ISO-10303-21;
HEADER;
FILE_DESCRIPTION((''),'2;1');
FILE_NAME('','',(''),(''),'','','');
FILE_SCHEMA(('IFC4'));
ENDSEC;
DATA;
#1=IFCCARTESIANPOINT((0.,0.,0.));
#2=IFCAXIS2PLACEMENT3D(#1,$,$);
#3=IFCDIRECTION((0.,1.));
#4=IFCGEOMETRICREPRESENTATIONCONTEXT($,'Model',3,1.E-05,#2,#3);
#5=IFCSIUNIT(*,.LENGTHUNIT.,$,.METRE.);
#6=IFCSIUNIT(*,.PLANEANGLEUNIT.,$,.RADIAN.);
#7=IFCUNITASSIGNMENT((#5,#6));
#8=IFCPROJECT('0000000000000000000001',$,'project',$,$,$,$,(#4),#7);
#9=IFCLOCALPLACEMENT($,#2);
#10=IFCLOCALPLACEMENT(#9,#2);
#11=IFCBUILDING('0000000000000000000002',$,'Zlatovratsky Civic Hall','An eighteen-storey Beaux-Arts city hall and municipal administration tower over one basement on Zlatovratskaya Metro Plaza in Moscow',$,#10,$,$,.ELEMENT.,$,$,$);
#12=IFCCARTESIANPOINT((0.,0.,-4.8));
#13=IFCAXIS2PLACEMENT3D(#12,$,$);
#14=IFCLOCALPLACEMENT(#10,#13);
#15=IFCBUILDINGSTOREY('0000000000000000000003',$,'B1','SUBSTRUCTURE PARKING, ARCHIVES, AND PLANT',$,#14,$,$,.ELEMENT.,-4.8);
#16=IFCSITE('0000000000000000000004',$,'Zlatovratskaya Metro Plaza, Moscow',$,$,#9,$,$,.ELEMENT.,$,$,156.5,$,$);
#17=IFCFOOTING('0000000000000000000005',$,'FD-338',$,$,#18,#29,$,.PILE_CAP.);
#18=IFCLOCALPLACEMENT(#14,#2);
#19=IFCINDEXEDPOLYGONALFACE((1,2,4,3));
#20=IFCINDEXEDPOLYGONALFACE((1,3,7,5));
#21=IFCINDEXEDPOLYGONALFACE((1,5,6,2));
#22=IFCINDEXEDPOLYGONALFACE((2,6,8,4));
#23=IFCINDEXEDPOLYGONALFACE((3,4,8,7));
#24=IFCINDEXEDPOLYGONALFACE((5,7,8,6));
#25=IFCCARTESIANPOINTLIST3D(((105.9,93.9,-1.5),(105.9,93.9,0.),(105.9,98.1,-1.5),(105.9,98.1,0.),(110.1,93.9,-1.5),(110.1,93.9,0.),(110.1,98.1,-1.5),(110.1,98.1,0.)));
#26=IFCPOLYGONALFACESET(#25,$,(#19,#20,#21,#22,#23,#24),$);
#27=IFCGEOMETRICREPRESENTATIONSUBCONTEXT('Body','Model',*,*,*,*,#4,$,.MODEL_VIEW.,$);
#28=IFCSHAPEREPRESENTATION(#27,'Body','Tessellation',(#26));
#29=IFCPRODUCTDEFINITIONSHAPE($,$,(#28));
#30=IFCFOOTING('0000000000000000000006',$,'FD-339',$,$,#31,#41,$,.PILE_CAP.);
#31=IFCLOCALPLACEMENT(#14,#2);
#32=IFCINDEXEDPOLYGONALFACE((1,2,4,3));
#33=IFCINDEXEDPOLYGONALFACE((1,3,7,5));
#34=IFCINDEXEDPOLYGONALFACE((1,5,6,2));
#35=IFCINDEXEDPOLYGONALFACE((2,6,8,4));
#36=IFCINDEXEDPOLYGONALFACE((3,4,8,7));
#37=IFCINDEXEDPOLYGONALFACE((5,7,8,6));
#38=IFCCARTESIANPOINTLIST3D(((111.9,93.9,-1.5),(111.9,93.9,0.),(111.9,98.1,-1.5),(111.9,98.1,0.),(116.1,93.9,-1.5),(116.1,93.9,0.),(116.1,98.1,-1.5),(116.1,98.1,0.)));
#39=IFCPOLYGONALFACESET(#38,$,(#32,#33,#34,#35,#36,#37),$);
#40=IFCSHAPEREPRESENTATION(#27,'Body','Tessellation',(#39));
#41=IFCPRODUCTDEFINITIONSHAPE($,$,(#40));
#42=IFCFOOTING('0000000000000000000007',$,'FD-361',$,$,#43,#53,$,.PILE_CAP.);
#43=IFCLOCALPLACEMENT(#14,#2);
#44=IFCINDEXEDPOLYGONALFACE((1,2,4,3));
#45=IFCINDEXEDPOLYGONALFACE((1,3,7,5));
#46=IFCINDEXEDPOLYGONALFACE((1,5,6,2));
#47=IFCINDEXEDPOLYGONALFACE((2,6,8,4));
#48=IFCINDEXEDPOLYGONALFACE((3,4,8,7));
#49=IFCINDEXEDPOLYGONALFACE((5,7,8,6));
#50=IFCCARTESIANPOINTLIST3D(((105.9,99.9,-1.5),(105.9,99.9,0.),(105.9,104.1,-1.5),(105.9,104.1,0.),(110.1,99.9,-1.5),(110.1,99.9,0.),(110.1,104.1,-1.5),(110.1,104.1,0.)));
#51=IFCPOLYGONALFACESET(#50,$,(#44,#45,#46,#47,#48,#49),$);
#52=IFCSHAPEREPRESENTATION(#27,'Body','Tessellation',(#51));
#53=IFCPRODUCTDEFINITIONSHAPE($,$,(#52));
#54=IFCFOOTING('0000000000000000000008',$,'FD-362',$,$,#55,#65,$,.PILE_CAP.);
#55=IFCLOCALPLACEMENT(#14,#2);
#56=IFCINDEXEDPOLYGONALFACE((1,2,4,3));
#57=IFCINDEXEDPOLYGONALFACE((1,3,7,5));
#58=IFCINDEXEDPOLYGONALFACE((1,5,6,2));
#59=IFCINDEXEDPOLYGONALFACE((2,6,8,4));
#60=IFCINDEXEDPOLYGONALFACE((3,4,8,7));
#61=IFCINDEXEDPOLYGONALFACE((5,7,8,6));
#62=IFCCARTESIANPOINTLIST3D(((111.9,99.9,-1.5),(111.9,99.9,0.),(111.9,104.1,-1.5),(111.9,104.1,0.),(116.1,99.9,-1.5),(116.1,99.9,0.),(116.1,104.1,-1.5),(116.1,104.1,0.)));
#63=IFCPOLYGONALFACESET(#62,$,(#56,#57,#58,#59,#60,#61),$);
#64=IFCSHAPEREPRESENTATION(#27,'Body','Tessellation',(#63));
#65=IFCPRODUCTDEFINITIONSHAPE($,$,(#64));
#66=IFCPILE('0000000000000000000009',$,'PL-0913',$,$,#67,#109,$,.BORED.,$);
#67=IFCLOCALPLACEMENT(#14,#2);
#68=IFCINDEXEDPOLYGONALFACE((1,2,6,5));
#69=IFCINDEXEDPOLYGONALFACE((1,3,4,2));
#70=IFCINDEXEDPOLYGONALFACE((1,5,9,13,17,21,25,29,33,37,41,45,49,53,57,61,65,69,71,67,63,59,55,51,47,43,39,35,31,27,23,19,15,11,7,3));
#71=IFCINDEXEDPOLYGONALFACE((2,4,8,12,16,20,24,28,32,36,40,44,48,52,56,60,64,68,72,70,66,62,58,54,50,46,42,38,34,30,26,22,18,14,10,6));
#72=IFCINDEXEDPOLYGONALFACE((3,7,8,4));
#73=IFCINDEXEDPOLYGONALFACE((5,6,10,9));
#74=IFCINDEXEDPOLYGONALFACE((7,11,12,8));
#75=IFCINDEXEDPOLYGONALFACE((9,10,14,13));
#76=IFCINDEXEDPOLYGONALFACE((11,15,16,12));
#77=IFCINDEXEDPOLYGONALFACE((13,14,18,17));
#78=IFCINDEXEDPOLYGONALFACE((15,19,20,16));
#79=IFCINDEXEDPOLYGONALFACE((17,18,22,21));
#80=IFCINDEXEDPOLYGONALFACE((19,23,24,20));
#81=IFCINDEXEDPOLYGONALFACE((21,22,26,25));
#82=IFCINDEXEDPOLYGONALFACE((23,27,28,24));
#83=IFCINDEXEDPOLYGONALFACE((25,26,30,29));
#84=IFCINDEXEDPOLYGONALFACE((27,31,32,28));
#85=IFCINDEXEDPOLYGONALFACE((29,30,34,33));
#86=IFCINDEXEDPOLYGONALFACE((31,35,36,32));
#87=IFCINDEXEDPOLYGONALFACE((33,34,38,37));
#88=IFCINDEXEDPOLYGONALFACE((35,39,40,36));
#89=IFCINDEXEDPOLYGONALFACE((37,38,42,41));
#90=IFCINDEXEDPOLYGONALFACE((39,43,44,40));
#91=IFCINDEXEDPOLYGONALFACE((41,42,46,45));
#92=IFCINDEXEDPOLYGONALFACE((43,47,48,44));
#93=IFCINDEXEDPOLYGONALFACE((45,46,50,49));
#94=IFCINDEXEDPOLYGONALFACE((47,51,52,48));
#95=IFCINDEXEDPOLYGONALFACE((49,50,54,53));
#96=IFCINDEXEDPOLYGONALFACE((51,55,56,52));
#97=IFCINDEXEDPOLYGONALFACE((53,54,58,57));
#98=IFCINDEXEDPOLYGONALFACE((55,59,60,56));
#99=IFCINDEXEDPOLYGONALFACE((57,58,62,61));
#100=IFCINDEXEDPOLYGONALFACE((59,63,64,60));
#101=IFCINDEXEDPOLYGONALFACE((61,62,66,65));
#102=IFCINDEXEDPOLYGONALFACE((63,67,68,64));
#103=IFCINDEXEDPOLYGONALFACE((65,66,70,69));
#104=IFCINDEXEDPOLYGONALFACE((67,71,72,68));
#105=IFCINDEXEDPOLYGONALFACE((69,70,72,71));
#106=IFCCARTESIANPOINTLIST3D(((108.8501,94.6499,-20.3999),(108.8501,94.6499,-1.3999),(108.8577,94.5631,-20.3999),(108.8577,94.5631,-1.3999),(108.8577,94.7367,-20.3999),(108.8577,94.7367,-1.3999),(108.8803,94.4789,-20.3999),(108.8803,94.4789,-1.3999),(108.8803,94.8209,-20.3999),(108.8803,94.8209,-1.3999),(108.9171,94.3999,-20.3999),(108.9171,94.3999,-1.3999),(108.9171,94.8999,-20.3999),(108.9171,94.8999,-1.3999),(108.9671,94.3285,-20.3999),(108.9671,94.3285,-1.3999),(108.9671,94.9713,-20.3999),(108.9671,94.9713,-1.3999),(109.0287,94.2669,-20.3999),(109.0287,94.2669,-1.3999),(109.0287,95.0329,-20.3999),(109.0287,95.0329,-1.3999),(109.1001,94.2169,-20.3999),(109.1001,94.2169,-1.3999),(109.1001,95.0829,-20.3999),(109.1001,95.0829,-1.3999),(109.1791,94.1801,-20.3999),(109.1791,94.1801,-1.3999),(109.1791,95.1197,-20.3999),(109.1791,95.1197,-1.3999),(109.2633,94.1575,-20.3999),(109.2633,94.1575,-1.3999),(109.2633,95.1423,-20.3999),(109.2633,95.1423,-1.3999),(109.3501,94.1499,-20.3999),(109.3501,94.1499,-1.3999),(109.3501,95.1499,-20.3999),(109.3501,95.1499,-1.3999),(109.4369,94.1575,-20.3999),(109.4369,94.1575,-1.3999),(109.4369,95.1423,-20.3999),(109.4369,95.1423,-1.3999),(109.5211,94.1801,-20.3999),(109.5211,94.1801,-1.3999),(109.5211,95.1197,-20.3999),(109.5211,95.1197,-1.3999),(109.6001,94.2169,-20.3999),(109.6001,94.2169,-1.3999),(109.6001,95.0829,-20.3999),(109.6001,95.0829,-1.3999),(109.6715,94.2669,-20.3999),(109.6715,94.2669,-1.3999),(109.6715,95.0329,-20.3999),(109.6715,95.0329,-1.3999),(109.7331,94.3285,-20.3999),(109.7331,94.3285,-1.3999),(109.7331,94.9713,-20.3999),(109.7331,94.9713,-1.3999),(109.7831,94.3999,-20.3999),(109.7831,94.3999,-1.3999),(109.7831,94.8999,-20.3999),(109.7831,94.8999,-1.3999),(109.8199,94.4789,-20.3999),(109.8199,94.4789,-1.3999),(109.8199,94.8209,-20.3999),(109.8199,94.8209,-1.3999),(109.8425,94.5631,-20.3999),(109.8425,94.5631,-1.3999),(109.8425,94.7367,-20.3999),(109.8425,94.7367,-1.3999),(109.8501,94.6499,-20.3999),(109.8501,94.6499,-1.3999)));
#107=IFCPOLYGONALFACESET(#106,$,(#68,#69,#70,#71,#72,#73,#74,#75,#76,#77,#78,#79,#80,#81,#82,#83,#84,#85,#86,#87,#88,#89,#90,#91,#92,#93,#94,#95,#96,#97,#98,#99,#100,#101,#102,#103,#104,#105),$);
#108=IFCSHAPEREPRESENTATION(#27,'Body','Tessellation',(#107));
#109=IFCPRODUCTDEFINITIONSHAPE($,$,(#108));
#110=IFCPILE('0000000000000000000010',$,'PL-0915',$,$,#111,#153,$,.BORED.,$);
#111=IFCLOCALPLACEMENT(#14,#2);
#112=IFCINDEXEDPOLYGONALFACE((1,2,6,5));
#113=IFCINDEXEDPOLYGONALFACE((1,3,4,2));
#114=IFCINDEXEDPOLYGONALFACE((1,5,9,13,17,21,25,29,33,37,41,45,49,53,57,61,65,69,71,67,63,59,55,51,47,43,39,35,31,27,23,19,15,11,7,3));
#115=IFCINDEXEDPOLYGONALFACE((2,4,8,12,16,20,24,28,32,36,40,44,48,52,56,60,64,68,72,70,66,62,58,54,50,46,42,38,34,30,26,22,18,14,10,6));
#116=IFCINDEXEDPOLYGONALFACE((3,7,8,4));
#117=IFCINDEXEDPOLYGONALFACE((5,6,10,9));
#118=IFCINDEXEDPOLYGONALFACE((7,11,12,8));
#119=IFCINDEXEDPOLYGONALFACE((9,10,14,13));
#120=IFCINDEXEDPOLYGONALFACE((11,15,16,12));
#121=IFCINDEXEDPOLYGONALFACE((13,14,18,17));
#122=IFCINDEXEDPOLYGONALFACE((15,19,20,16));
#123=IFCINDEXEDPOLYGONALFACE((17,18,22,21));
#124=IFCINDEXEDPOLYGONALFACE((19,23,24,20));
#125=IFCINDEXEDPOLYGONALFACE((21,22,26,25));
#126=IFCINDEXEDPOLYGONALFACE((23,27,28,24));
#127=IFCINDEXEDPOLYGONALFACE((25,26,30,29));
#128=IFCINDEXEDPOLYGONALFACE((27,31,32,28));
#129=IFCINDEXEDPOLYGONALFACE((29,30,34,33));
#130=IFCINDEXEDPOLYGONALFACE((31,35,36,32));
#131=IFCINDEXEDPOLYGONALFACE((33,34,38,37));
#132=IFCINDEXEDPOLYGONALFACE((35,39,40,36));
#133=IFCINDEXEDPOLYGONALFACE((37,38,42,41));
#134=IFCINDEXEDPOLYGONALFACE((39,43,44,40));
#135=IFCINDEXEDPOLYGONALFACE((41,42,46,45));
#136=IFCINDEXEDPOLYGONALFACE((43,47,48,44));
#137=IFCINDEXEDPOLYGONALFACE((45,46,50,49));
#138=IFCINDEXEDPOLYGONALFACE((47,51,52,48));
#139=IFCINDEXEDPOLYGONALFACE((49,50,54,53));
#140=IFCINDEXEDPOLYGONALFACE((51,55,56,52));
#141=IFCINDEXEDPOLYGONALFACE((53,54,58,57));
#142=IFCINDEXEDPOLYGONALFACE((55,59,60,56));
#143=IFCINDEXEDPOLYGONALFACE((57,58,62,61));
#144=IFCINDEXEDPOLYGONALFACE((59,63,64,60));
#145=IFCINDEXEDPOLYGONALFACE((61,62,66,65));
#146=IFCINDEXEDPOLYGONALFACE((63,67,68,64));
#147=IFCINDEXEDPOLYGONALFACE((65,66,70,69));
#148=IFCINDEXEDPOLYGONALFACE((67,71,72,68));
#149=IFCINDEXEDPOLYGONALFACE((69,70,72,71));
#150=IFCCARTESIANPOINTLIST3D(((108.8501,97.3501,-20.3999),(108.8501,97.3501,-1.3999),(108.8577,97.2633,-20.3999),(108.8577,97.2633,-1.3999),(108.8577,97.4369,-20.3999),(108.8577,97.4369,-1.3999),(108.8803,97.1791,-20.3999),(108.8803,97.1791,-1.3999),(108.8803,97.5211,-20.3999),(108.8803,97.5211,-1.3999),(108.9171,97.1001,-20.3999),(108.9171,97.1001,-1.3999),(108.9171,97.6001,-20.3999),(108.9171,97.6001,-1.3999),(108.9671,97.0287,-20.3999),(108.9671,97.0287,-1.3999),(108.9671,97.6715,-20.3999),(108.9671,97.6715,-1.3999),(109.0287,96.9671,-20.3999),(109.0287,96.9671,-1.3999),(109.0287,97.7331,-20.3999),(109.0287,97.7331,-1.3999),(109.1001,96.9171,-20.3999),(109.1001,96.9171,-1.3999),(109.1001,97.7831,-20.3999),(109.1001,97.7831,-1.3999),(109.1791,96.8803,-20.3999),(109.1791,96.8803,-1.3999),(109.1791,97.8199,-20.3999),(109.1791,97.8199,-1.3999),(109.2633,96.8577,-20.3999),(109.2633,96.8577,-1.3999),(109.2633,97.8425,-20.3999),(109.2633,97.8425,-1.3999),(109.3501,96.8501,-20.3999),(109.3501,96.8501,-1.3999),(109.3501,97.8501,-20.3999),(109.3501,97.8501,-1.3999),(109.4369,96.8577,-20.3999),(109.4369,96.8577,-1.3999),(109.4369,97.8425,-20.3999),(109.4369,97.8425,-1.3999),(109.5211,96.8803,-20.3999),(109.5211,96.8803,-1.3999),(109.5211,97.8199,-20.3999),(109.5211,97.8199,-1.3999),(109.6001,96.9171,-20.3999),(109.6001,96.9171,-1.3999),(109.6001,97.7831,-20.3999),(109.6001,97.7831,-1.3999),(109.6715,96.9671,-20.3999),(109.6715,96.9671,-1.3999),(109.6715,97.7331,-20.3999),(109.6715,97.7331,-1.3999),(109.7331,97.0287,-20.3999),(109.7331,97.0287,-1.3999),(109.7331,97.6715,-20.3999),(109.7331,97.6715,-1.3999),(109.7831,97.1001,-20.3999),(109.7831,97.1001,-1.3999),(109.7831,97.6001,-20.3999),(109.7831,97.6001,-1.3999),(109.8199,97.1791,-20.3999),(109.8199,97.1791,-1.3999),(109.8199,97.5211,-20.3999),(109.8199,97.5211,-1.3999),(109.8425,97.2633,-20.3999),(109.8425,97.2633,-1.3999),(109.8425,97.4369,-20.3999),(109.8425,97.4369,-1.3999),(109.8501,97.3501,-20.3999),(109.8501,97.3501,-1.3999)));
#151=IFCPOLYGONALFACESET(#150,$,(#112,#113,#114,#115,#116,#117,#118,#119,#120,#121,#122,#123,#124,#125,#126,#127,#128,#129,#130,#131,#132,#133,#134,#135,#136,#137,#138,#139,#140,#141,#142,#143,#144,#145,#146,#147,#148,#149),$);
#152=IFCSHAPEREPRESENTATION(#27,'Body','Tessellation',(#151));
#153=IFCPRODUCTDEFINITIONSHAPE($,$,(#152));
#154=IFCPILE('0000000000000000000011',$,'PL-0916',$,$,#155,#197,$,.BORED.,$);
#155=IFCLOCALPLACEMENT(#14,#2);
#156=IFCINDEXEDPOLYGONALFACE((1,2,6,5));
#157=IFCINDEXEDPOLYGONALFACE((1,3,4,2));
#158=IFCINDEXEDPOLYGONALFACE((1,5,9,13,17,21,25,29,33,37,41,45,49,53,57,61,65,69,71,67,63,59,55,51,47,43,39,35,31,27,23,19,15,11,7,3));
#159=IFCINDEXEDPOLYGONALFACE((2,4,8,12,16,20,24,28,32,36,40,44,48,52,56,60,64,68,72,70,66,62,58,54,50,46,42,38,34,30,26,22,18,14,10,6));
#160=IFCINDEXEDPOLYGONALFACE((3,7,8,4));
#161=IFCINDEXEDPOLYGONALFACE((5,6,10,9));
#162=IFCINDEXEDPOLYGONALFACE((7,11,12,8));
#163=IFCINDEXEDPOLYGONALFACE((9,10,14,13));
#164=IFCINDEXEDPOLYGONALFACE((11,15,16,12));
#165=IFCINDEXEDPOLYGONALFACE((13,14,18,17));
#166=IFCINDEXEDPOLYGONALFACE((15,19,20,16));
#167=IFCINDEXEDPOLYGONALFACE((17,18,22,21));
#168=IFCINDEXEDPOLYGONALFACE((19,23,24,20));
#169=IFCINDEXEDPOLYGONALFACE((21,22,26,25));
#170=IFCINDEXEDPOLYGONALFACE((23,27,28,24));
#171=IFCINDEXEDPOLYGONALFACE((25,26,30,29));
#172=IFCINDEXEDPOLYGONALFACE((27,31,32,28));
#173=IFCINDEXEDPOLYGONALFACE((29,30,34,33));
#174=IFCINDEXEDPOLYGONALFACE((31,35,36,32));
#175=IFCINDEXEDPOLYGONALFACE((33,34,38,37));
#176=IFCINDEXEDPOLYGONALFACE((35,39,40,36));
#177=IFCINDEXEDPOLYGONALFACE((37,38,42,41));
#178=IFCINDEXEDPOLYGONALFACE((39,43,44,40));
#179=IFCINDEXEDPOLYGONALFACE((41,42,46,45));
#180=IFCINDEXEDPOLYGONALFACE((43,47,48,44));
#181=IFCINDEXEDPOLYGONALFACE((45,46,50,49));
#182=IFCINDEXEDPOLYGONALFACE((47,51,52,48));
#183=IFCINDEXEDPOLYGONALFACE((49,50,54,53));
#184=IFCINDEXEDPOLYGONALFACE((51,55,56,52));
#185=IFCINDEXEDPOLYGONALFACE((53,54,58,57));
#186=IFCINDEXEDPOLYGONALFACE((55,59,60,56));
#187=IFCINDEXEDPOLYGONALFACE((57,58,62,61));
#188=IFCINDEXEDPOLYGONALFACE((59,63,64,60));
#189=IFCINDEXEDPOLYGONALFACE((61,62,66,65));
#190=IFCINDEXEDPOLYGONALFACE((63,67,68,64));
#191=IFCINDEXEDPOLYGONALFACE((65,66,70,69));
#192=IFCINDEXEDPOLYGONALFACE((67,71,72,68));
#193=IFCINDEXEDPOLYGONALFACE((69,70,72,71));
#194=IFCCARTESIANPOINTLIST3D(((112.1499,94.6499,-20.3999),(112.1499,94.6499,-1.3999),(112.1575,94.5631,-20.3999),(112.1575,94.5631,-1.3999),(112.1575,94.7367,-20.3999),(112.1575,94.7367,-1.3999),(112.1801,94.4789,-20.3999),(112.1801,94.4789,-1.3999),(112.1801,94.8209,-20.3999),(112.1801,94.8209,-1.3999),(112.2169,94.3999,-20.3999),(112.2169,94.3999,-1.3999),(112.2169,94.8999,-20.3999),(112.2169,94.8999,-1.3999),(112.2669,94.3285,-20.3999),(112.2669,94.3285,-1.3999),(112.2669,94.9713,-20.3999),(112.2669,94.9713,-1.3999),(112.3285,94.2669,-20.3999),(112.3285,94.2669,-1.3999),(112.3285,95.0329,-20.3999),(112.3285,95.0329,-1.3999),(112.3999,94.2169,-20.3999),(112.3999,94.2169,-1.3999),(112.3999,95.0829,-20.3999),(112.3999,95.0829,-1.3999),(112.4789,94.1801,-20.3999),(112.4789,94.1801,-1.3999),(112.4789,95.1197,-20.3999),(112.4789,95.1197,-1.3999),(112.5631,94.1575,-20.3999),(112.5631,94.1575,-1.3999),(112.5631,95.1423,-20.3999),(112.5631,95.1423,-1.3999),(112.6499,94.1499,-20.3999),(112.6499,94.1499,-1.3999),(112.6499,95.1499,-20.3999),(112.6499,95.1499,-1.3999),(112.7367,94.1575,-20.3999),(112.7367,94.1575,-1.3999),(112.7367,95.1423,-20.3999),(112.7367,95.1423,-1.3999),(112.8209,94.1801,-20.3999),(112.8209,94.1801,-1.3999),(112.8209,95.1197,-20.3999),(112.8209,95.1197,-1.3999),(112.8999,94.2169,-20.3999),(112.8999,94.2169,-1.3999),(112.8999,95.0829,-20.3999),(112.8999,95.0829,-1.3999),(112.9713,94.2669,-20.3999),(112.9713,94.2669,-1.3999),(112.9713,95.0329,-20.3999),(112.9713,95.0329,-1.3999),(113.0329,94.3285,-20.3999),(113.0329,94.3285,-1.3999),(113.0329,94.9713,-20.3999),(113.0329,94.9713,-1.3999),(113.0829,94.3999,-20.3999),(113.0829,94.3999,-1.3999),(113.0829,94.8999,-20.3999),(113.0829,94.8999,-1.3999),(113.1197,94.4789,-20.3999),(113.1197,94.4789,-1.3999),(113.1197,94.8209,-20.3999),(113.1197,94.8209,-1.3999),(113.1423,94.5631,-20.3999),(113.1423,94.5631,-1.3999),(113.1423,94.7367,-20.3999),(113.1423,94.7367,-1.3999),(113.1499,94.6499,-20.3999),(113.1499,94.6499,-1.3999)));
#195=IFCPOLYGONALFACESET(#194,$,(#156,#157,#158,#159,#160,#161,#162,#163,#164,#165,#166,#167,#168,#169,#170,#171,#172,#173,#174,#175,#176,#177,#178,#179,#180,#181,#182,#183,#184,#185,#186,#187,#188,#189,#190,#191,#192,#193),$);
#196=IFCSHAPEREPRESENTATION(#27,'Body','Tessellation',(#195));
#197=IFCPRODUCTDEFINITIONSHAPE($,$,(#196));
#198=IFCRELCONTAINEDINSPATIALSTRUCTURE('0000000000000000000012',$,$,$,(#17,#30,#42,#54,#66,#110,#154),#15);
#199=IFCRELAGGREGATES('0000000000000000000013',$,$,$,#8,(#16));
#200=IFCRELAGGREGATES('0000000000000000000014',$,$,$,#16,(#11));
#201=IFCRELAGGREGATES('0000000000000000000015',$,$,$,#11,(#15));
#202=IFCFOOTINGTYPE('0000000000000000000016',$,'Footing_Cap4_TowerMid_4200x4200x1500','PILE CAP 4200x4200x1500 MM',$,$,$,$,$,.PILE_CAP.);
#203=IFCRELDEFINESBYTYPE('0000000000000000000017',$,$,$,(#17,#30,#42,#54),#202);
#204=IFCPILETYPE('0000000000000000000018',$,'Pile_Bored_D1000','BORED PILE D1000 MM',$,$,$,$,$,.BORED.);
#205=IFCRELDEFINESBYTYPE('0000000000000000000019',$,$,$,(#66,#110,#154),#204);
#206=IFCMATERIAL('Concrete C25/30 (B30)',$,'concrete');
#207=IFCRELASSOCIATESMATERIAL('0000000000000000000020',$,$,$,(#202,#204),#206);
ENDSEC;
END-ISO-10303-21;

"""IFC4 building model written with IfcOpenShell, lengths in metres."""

from ifc_helpers import new_model, si_unit, direction, frame, origin, origin_2d, place, context, subcontext, project, spatial, rectangle, circle, extrude, material, material_profile, profile_set, type_object, element, save


model = new_model("IFC4")

# Units and contexts
model_context = context("Model", 3, precision=1e-05, world=origin(), true_north=direction((0.0, 1.0)))
body_context = subcontext(model_context, "Body", "Model", "MODEL_VIEW")
ifc_project = project(units=[si_unit("LENGTHUNIT", "METRE"), si_unit("PLANEANGLEUNIT", "RADIAN")], contexts=[model_context])

# Site, building, storey
site_placement = place(None, origin())
site = spatial("IfcSite", under=ifc_project, at=site_placement, Name="Zlatovratskaya Metro Plaza, Moscow", CompositionType="ELEMENT", RefElevation=156.5)
building_placement = place(site_placement, origin())
building = spatial("IfcBuilding", under=site, at=building_placement, Name="Zlatovratsky Civic Hall", Description="An eighteen-storey Beaux-Arts city hall and municipal administration tower over one basement on Zlatovratskaya Metro Plaza in Moscow", CompositionType="ELEMENT")
storey_placement = place(building_placement, frame((0.0, 0.0, -4.8)))
storey = spatial("IfcBuildingStorey", under=building, at=storey_placement, Name="B1", Description="SUBSTRUCTURE PARKING, ARCHIVES, AND PLANT", CompositionType="ELEMENT", Elevation=-4.8)

# Footings
ifc_material_1 = material(Name="Concrete C25/30 (B30)", Category="concrete")
footing_type = type_object("IfcFootingType", Name="Footing_Cap4_TowerMid_4200x4200x1500", Description="PILE CAP 4200x4200x1500 MM", PredefinedType="PILE_CAP", material=ifc_material_1)
for number, where, z_axis, x_axis, name in (
    (1, (108.0, 96.0, -1.5), (0.0, 0.0, 1.0), (1.0, 0.0, 0.0), "FD-338"),
    (2, (114.0, 96.0, -1.5), (0.0, 0.0, 1.0), (1.0, 0.0, 0.0), "FD-339"),
    (3, (108.0, 102.0, -1.5), (0.0, 0.0, 1.0), (1.0, 0.0, 0.0), "FD-361"),
    (4, (114.0, 102.0, -1.5), (0.0, 0.0, 1.0), (1.0, 0.0, 0.0), "FD-362"),
):
    element("IfcFooting", number, at=place(storey_placement, frame(where, z_axis=z_axis, x_axis=x_axis)), inside=storey, type_object=footing_type, Name=name, PredefinedType="PILE_CAP", context=body_context, shape_type="SweptSolid", body=[
        extrude(rectangle(XDim=4.2, YDim=4.2, at=origin_2d()), origin(), (0.0, 0.0, 1.0), 1.5),
    ])

# Piles
ifc_material_profile_1 = material_profile(ifc_material_1, circle(Radius=0.5, at=origin_2d()), Name="PILE D1000")
ifc_profile_set_1 = profile_set([ifc_material_profile_1], Name="Concrete C25/30 (B30)")
pile_type = type_object("IfcPileType", Name="Pile_Bored_D1000", Description="BORED PILE D1000 MM", PredefinedType="BORED", material=ifc_profile_set_1)
for number, where, z_axis, x_axis, name in (
    (5, (109.3501, 94.6499, -1.3999), (0.0, 0.0, -1.0), (1.0, 0.0, 0.0), "PL-0913"),
    (6, (109.3501, 97.3501, -1.3999), (0.0, 0.0, -1.0), (1.0, 0.0, 0.0), "PL-0915"),
    (7, (112.6499, 94.6499, -1.3999), (0.0, 0.0, -1.0), (1.0, 0.0, 0.0), "PL-0916"),
):
    element("IfcPile", number, at=place(storey_placement, frame(where, z_axis=z_axis, x_axis=x_axis)), inside=storey, type_object=pile_type, Name=name, PredefinedType="BORED", context=body_context, shape_type="SweptSolid", body=[
        extrude(circle(Radius=0.5, at=origin_2d()), origin(), (0.0, 0.0, 1.0), 19.0),
    ])

save(model, "model.ifc")
